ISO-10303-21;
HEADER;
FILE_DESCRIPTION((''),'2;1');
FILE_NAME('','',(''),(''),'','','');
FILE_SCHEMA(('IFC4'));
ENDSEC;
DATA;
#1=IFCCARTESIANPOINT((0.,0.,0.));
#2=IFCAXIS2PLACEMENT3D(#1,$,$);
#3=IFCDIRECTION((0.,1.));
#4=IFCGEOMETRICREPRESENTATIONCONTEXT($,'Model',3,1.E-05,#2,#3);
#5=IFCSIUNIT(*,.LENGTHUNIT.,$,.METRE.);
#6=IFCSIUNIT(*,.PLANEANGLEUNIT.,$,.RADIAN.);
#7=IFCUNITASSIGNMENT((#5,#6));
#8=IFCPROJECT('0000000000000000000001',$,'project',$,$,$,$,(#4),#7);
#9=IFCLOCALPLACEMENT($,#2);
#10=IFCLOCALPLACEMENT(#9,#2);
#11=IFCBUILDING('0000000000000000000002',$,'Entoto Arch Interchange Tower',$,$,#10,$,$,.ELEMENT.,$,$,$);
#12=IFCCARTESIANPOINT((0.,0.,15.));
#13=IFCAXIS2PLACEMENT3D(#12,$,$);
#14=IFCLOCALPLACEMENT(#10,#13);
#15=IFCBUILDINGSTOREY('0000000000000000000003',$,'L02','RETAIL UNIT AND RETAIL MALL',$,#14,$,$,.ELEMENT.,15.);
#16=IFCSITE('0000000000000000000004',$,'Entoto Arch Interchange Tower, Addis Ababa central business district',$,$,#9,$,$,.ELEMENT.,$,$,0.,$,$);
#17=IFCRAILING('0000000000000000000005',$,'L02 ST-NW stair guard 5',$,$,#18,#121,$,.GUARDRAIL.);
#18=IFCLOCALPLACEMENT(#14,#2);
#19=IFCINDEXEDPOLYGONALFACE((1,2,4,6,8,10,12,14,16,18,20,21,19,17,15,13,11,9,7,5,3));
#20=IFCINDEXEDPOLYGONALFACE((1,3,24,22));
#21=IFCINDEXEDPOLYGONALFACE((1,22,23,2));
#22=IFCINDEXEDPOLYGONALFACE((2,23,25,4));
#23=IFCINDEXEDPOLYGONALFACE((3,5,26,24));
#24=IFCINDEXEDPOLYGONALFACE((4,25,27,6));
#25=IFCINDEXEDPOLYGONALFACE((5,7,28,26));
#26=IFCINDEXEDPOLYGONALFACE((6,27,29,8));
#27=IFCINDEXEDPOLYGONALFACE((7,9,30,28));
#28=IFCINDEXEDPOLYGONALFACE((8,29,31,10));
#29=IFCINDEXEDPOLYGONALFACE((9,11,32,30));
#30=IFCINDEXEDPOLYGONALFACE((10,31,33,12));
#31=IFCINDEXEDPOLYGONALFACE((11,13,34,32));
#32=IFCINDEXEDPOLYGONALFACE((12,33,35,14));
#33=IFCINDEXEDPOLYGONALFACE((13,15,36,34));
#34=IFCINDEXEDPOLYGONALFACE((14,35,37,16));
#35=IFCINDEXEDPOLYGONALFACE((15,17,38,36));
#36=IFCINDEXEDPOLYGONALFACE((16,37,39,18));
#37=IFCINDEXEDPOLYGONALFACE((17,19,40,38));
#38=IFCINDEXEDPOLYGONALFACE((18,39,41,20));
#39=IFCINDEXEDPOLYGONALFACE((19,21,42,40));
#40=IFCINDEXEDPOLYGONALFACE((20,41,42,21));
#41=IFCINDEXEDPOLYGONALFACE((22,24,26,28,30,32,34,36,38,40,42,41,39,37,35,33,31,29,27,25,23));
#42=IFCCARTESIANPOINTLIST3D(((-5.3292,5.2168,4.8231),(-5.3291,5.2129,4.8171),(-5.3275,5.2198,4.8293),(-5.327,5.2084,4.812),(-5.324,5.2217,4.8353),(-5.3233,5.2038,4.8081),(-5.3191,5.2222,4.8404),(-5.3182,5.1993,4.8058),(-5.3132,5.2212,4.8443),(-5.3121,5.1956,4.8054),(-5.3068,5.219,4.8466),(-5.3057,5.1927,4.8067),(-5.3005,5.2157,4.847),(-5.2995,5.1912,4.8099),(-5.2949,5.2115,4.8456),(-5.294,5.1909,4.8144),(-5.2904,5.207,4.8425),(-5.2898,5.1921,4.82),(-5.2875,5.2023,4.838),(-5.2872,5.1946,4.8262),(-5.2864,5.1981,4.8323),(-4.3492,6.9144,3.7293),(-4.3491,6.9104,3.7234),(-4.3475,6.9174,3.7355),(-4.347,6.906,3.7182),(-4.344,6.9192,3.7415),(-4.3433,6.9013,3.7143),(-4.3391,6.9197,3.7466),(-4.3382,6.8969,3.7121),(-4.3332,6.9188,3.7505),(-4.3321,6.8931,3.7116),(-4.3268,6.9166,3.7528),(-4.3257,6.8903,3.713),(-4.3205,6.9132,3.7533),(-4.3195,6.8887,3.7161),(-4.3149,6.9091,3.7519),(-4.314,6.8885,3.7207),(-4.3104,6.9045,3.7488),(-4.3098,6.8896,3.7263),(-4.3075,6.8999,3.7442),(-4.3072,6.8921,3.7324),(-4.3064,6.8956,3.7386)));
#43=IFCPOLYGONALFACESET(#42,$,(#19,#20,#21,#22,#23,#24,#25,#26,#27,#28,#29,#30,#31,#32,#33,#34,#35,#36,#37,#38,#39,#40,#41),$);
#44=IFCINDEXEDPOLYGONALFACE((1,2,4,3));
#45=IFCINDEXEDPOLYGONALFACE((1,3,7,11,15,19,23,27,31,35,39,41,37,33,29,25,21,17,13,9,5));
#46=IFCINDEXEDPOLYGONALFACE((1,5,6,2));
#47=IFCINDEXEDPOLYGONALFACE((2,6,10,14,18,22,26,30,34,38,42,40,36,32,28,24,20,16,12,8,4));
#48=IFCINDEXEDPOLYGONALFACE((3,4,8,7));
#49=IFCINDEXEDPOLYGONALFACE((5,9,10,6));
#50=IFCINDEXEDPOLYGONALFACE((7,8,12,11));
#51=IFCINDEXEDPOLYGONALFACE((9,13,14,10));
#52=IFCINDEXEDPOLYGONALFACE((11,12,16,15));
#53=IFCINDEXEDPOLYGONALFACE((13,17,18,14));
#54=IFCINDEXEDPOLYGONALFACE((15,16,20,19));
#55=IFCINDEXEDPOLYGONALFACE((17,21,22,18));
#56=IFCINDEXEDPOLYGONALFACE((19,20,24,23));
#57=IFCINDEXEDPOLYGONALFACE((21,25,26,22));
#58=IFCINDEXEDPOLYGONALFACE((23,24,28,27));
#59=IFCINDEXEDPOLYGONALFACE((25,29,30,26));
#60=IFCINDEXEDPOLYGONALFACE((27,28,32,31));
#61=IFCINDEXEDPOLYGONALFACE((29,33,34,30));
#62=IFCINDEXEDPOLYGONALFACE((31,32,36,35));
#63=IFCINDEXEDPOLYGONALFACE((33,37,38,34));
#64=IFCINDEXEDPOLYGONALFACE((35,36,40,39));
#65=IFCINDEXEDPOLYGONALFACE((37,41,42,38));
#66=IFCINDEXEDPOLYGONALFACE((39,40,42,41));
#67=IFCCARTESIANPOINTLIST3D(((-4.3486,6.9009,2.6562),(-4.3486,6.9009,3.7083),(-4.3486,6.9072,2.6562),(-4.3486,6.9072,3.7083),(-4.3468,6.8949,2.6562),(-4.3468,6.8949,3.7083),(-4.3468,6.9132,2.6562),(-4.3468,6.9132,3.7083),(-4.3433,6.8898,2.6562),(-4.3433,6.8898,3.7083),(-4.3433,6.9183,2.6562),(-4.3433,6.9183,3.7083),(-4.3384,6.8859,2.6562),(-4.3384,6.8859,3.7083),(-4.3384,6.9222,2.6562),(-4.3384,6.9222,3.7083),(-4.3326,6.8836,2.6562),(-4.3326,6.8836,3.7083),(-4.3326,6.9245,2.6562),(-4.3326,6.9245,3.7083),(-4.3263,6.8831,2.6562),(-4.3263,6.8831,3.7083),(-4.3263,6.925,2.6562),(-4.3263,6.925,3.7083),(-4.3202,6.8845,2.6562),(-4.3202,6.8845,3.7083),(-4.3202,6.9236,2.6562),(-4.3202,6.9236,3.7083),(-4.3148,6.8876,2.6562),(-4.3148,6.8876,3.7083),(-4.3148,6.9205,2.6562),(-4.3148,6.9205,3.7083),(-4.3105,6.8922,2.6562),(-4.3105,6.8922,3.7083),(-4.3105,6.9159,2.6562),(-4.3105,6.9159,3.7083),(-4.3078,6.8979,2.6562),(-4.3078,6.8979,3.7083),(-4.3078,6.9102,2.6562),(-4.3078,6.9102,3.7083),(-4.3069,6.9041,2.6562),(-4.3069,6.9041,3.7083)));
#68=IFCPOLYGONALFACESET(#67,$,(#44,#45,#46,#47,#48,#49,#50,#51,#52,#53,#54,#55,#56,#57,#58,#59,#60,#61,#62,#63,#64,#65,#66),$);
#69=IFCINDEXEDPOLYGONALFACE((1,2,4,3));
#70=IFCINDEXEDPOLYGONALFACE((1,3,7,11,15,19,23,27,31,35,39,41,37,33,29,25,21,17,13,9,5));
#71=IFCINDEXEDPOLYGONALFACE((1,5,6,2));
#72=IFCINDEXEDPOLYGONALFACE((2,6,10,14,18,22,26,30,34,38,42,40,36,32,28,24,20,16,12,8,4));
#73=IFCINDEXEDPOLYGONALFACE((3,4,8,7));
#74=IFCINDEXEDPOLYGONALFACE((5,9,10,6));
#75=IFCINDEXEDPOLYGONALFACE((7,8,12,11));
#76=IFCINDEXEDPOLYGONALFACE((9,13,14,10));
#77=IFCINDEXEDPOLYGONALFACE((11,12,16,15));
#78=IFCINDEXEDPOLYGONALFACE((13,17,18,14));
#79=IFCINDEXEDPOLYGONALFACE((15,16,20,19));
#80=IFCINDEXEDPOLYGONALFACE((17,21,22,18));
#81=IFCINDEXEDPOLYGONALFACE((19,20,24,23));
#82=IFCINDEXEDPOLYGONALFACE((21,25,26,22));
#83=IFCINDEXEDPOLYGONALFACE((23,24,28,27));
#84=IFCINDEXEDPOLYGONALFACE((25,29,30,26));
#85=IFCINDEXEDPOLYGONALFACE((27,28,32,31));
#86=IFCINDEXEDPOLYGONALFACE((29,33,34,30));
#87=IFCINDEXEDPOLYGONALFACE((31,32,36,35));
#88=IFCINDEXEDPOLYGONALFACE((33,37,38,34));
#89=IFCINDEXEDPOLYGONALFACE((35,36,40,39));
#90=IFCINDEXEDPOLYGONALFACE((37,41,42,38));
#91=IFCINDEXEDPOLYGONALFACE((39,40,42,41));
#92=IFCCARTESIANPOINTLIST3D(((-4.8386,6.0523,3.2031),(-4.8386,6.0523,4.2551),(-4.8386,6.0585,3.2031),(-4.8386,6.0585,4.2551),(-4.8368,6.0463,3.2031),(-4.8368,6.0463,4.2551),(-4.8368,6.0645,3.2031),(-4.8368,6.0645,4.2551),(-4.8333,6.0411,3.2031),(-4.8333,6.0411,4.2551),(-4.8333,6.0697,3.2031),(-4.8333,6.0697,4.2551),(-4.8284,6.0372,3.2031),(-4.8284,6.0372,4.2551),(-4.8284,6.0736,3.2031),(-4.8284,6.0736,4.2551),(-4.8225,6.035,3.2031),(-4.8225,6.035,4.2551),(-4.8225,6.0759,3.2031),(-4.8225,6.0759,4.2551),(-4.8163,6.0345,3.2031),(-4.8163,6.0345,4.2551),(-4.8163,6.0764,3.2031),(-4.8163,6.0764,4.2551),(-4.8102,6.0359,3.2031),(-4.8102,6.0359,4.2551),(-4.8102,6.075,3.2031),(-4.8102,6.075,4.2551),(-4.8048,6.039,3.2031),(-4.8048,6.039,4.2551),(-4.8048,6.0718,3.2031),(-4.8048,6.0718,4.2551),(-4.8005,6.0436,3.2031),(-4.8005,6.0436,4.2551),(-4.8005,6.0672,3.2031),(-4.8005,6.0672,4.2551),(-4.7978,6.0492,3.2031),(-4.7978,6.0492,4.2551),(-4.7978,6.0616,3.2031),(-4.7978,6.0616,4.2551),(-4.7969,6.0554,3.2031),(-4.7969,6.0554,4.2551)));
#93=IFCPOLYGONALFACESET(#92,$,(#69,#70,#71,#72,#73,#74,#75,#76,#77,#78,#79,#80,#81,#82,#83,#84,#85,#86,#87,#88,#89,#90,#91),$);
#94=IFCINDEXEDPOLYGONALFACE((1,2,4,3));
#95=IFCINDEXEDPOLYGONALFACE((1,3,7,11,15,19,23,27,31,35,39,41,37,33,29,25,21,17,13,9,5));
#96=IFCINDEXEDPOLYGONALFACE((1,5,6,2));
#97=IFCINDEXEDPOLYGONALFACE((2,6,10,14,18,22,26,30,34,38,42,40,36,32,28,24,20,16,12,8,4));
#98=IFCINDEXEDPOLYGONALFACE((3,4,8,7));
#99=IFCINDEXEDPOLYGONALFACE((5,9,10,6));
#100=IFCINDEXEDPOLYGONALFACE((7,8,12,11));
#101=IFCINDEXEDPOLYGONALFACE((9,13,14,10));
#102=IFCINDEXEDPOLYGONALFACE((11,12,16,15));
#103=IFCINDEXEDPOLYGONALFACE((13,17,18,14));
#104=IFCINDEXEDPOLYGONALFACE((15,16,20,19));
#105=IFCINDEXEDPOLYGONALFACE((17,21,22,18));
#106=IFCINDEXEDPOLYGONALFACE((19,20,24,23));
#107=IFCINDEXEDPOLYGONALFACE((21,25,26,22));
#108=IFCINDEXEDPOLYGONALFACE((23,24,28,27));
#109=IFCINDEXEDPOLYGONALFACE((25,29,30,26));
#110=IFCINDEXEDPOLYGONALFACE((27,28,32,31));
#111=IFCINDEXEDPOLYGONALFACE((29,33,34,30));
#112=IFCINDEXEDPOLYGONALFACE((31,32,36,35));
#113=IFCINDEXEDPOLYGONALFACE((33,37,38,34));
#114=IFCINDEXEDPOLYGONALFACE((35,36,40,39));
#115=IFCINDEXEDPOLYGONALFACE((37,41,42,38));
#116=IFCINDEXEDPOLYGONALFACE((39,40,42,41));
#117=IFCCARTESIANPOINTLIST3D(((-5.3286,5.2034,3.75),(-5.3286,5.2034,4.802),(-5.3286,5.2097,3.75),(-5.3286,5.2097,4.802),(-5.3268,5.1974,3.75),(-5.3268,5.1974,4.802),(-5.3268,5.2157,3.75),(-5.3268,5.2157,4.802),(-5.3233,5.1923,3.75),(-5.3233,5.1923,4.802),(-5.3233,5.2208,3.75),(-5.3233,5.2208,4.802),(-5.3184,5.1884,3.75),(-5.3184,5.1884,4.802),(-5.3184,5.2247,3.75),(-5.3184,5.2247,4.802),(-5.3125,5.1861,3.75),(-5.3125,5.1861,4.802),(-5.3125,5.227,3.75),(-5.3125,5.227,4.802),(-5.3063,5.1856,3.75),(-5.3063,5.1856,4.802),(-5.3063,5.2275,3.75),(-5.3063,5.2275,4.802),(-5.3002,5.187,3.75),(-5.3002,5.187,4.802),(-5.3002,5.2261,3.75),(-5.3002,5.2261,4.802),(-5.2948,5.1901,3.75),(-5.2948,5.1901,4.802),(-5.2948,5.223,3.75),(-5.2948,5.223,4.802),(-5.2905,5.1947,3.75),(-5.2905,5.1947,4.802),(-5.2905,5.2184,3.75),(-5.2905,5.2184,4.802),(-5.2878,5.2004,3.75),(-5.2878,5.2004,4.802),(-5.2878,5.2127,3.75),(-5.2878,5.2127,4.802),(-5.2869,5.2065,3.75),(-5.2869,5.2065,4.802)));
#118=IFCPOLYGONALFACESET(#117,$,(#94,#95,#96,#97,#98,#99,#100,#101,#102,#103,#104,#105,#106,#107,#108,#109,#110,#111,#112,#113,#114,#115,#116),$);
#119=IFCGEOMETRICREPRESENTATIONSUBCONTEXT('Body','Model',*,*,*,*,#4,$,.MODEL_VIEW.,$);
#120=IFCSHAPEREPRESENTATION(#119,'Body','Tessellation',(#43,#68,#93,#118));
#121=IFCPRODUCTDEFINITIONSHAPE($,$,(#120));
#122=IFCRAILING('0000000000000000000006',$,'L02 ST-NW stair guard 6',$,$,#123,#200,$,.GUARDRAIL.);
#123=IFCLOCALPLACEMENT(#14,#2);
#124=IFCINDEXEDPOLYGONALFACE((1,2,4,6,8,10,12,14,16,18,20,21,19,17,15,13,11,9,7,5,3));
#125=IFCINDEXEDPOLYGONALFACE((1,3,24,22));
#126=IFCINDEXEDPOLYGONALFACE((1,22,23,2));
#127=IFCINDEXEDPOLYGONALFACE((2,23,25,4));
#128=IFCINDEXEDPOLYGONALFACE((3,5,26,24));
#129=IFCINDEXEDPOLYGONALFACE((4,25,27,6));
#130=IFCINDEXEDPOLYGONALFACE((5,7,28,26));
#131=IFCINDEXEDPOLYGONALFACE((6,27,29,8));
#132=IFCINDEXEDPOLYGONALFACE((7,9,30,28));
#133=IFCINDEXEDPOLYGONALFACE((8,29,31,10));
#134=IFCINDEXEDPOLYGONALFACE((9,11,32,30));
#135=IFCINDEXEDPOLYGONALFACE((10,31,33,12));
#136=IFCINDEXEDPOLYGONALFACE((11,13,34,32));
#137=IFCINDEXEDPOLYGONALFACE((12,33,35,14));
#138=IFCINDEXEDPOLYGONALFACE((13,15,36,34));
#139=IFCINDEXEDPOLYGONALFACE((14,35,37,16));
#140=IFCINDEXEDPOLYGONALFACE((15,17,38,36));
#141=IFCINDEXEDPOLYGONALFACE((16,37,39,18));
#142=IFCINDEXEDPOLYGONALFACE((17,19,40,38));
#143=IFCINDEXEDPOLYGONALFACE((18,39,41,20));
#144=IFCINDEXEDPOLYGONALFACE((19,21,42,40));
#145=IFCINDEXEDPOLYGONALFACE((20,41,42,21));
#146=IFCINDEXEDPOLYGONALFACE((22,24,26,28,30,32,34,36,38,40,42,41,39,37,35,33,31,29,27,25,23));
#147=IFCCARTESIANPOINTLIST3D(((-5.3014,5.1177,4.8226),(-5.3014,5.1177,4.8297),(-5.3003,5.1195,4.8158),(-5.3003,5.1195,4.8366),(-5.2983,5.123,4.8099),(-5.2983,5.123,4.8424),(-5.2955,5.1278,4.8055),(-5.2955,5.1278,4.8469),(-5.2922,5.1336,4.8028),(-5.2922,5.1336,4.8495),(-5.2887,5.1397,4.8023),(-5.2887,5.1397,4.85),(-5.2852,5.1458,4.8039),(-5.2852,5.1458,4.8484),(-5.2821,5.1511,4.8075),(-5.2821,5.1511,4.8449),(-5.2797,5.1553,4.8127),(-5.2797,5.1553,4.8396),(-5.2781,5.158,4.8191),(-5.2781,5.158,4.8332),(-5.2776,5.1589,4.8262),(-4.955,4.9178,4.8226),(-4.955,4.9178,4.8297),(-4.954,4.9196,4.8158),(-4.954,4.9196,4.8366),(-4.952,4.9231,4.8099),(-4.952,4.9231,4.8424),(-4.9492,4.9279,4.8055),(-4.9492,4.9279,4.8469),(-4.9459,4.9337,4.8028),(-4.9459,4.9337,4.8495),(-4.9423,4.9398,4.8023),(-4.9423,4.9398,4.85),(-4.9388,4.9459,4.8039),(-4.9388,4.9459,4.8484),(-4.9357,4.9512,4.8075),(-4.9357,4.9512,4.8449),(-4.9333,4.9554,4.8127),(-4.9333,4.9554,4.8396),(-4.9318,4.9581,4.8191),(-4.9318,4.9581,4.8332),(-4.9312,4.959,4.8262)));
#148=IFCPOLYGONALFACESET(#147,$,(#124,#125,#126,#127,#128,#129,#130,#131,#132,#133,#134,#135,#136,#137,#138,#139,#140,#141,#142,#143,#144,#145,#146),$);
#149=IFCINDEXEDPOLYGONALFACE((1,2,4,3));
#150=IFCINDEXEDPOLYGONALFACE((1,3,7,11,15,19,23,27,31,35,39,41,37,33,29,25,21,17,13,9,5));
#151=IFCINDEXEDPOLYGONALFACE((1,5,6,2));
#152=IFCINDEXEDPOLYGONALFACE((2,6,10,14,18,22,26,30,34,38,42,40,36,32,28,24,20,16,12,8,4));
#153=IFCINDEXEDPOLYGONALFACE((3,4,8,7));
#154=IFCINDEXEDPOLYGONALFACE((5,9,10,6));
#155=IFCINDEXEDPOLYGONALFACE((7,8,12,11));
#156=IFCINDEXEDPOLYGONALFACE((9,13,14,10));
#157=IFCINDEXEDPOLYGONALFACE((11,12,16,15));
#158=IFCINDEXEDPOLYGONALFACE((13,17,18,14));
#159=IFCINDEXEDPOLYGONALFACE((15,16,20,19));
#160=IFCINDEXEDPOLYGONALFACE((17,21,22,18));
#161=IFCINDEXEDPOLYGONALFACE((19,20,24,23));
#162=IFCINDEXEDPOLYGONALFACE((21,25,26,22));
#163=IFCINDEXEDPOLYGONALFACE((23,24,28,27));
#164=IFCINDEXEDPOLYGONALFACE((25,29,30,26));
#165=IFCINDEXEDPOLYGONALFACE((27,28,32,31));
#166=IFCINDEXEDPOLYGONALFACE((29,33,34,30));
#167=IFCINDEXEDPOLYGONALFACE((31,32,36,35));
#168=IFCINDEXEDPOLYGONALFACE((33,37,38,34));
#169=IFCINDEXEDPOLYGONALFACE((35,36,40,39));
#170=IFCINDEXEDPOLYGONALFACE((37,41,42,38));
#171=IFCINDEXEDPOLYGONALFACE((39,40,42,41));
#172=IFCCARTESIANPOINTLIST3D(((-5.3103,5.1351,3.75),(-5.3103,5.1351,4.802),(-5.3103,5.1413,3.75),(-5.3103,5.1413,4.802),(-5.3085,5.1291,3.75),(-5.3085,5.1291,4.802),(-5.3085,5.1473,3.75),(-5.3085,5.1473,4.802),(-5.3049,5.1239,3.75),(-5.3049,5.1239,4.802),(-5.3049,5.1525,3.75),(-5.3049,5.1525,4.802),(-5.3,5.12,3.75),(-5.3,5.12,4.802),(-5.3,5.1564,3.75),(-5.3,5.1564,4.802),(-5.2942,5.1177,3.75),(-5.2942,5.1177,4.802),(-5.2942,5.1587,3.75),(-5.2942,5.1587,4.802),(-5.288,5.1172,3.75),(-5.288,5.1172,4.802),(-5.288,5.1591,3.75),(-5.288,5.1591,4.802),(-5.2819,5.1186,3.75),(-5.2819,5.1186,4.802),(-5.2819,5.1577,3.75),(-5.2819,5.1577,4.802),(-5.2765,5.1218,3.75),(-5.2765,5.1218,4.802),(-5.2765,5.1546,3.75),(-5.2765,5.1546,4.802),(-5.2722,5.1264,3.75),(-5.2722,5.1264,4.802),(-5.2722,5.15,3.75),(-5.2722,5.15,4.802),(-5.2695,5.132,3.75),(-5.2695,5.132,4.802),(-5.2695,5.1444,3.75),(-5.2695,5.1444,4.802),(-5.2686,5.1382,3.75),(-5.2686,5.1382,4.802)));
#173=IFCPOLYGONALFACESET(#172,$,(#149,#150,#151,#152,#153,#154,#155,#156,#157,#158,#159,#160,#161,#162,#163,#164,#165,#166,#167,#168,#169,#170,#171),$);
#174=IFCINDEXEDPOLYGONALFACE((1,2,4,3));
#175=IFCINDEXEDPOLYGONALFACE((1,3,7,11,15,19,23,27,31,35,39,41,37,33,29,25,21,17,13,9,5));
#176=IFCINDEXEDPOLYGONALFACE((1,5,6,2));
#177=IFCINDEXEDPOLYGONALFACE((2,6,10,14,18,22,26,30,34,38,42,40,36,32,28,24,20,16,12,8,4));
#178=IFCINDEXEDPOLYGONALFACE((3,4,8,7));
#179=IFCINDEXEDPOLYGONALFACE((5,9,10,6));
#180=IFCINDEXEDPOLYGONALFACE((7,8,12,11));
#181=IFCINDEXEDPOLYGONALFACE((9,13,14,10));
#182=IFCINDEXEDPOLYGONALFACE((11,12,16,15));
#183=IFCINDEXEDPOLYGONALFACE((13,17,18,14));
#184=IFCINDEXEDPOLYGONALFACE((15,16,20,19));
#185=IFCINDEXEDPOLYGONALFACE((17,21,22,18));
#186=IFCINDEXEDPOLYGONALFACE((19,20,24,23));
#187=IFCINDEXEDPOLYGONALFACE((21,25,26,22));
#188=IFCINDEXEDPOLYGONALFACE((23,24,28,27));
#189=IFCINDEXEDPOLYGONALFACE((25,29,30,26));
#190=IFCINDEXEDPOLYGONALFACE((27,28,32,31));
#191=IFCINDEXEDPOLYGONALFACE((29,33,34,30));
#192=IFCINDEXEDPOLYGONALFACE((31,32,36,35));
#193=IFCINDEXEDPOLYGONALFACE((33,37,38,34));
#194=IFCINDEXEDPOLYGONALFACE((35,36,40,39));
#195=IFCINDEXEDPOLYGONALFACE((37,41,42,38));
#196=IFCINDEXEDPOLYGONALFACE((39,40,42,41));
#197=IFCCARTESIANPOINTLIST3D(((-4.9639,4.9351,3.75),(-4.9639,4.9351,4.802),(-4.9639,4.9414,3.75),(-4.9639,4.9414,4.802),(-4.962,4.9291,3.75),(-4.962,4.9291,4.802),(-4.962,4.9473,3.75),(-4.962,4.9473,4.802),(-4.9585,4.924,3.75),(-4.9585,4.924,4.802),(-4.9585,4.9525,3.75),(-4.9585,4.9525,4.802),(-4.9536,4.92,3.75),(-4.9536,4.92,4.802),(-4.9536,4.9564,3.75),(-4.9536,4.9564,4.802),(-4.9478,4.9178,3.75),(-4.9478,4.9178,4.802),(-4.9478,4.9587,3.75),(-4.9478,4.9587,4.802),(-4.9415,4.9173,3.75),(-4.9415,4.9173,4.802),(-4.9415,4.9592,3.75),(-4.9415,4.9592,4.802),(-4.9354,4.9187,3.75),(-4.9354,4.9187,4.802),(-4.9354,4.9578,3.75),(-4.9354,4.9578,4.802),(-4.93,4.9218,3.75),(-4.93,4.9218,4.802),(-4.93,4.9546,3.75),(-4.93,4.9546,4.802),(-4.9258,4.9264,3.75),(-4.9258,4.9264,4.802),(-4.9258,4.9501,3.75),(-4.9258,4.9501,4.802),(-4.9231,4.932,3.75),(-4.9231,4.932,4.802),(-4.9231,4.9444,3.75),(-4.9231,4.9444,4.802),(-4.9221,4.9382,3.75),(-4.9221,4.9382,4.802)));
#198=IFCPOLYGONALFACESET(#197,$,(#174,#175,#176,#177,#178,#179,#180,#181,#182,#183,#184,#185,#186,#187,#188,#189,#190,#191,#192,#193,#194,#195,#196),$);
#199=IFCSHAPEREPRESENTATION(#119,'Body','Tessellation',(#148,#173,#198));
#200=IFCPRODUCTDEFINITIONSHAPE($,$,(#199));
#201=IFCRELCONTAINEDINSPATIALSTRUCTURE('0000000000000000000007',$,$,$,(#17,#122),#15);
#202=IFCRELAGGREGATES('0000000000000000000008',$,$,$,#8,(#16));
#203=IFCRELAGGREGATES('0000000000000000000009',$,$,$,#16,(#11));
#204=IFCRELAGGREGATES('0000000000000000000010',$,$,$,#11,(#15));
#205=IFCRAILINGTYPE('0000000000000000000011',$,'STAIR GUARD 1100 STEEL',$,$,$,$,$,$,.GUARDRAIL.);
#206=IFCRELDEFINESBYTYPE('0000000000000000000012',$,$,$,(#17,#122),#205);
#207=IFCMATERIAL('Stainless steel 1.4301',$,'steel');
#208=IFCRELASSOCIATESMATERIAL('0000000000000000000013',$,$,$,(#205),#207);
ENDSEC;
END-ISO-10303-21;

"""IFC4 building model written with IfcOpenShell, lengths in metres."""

from ifc_helpers import new_model, si_unit, direction, frame, origin, origin_2d, place, context, subcontext, project, spatial, circle, extrude, material, type_object, element, save


model = new_model("IFC4")

# Units and contexts
model_context = context("Model", 3, precision=1e-05, world=origin(), true_north=direction((0.0, 1.0)))
body_context = subcontext(model_context, "Body", "Model", "MODEL_VIEW")
ifc_project = project(units=[si_unit("LENGTHUNIT", "METRE"), si_unit("PLANEANGLEUNIT", "RADIAN")], contexts=[model_context])

# Site, building, storey
site_placement = place(None, origin())
site = spatial("IfcSite", under=ifc_project, at=site_placement, Name="Entoto Arch Interchange Tower, Addis Ababa central business district", CompositionType="ELEMENT", RefElevation=0.0)
building_placement = place(site_placement, origin())
building = spatial("IfcBuilding", under=site, at=building_placement, Name="Entoto Arch Interchange Tower", CompositionType="ELEMENT")
storey_placement = place(building_placement, frame((0.0, 0.0, 15.0)))
storey = spatial("IfcBuildingStorey", under=building, at=storey_placement, Name="L02", Description="RETAIL UNIT AND RETAIL MALL", CompositionType="ELEMENT", Elevation=15.0)

# Railings
ifc_material_1 = material(Name="Stainless steel 1.4301", Category="steel")
railing_type = type_object("IfcRailingType", Name="STAIR GUARD 1100 STEEL", PredefinedType="GUARDRAIL", material=ifc_material_1)
railing_1_placement = place(storey_placement, frame((-4.3279, 6.9041, 2.6562)))
element("IfcRailing", 1, at=railing_1_placement, inside=storey, type_object=railing_type, Name="L02 ST-NW stair guard 5", PredefinedType="GUARDRAIL", context=body_context, shape_type="SweptSolid", body=[
    extrude(circle(Radius=0.0239, at=origin_2d()), frame((0.0, 0.0, 1.0762), z_axis=(-0.436596, -0.756267, 0.487282), x_axis=(0.866042, -0.49997, 0.0)), (0.0, 0.0, 1.0), 2.2446),
    extrude(circle(Radius=0.021, at=origin_2d()), origin(), (0.0, 0.0, 1.0), 1.052),
    extrude(circle(Radius=0.021, at=origin_2d()), frame((-0.49, -0.8486, 0.5469)), (0.0, 0.0, 1.0), 1.052),
    extrude(circle(Radius=0.021, at=origin_2d()), frame((-0.98, -1.6975, 1.0938)), (0.0, 0.0, 1.0), 1.052),
])
railing_2_placement = place(storey_placement, frame((-5.2896, 5.1382, 3.75)))
element("IfcRailing", 2, at=railing_2_placement, inside=storey, type_object=railing_type, Name="L02 ST-NW stair guard 6", PredefinedType="GUARDRAIL", context=body_context, shape_type="SweptSolid", body=[
    extrude(circle(Radius=0.0239, at=origin_2d()), frame((0.0, 0.0, 1.0762), z_axis=(0.866094, -0.499881, 0.0), x_axis=(0.499881, 0.866094, 0.0)), (0.0, 0.0, 1.0), 0.3999),
    extrude(circle(Radius=0.021, at=origin_2d()), origin(), (0.0, 0.0, 1.0), 1.052),
    extrude(circle(Radius=0.021, at=origin_2d()), frame((0.3464, -0.2, 0.0)), (0.0, 0.0, 1.0), 1.052),
])

save(model, "model.ifc")
